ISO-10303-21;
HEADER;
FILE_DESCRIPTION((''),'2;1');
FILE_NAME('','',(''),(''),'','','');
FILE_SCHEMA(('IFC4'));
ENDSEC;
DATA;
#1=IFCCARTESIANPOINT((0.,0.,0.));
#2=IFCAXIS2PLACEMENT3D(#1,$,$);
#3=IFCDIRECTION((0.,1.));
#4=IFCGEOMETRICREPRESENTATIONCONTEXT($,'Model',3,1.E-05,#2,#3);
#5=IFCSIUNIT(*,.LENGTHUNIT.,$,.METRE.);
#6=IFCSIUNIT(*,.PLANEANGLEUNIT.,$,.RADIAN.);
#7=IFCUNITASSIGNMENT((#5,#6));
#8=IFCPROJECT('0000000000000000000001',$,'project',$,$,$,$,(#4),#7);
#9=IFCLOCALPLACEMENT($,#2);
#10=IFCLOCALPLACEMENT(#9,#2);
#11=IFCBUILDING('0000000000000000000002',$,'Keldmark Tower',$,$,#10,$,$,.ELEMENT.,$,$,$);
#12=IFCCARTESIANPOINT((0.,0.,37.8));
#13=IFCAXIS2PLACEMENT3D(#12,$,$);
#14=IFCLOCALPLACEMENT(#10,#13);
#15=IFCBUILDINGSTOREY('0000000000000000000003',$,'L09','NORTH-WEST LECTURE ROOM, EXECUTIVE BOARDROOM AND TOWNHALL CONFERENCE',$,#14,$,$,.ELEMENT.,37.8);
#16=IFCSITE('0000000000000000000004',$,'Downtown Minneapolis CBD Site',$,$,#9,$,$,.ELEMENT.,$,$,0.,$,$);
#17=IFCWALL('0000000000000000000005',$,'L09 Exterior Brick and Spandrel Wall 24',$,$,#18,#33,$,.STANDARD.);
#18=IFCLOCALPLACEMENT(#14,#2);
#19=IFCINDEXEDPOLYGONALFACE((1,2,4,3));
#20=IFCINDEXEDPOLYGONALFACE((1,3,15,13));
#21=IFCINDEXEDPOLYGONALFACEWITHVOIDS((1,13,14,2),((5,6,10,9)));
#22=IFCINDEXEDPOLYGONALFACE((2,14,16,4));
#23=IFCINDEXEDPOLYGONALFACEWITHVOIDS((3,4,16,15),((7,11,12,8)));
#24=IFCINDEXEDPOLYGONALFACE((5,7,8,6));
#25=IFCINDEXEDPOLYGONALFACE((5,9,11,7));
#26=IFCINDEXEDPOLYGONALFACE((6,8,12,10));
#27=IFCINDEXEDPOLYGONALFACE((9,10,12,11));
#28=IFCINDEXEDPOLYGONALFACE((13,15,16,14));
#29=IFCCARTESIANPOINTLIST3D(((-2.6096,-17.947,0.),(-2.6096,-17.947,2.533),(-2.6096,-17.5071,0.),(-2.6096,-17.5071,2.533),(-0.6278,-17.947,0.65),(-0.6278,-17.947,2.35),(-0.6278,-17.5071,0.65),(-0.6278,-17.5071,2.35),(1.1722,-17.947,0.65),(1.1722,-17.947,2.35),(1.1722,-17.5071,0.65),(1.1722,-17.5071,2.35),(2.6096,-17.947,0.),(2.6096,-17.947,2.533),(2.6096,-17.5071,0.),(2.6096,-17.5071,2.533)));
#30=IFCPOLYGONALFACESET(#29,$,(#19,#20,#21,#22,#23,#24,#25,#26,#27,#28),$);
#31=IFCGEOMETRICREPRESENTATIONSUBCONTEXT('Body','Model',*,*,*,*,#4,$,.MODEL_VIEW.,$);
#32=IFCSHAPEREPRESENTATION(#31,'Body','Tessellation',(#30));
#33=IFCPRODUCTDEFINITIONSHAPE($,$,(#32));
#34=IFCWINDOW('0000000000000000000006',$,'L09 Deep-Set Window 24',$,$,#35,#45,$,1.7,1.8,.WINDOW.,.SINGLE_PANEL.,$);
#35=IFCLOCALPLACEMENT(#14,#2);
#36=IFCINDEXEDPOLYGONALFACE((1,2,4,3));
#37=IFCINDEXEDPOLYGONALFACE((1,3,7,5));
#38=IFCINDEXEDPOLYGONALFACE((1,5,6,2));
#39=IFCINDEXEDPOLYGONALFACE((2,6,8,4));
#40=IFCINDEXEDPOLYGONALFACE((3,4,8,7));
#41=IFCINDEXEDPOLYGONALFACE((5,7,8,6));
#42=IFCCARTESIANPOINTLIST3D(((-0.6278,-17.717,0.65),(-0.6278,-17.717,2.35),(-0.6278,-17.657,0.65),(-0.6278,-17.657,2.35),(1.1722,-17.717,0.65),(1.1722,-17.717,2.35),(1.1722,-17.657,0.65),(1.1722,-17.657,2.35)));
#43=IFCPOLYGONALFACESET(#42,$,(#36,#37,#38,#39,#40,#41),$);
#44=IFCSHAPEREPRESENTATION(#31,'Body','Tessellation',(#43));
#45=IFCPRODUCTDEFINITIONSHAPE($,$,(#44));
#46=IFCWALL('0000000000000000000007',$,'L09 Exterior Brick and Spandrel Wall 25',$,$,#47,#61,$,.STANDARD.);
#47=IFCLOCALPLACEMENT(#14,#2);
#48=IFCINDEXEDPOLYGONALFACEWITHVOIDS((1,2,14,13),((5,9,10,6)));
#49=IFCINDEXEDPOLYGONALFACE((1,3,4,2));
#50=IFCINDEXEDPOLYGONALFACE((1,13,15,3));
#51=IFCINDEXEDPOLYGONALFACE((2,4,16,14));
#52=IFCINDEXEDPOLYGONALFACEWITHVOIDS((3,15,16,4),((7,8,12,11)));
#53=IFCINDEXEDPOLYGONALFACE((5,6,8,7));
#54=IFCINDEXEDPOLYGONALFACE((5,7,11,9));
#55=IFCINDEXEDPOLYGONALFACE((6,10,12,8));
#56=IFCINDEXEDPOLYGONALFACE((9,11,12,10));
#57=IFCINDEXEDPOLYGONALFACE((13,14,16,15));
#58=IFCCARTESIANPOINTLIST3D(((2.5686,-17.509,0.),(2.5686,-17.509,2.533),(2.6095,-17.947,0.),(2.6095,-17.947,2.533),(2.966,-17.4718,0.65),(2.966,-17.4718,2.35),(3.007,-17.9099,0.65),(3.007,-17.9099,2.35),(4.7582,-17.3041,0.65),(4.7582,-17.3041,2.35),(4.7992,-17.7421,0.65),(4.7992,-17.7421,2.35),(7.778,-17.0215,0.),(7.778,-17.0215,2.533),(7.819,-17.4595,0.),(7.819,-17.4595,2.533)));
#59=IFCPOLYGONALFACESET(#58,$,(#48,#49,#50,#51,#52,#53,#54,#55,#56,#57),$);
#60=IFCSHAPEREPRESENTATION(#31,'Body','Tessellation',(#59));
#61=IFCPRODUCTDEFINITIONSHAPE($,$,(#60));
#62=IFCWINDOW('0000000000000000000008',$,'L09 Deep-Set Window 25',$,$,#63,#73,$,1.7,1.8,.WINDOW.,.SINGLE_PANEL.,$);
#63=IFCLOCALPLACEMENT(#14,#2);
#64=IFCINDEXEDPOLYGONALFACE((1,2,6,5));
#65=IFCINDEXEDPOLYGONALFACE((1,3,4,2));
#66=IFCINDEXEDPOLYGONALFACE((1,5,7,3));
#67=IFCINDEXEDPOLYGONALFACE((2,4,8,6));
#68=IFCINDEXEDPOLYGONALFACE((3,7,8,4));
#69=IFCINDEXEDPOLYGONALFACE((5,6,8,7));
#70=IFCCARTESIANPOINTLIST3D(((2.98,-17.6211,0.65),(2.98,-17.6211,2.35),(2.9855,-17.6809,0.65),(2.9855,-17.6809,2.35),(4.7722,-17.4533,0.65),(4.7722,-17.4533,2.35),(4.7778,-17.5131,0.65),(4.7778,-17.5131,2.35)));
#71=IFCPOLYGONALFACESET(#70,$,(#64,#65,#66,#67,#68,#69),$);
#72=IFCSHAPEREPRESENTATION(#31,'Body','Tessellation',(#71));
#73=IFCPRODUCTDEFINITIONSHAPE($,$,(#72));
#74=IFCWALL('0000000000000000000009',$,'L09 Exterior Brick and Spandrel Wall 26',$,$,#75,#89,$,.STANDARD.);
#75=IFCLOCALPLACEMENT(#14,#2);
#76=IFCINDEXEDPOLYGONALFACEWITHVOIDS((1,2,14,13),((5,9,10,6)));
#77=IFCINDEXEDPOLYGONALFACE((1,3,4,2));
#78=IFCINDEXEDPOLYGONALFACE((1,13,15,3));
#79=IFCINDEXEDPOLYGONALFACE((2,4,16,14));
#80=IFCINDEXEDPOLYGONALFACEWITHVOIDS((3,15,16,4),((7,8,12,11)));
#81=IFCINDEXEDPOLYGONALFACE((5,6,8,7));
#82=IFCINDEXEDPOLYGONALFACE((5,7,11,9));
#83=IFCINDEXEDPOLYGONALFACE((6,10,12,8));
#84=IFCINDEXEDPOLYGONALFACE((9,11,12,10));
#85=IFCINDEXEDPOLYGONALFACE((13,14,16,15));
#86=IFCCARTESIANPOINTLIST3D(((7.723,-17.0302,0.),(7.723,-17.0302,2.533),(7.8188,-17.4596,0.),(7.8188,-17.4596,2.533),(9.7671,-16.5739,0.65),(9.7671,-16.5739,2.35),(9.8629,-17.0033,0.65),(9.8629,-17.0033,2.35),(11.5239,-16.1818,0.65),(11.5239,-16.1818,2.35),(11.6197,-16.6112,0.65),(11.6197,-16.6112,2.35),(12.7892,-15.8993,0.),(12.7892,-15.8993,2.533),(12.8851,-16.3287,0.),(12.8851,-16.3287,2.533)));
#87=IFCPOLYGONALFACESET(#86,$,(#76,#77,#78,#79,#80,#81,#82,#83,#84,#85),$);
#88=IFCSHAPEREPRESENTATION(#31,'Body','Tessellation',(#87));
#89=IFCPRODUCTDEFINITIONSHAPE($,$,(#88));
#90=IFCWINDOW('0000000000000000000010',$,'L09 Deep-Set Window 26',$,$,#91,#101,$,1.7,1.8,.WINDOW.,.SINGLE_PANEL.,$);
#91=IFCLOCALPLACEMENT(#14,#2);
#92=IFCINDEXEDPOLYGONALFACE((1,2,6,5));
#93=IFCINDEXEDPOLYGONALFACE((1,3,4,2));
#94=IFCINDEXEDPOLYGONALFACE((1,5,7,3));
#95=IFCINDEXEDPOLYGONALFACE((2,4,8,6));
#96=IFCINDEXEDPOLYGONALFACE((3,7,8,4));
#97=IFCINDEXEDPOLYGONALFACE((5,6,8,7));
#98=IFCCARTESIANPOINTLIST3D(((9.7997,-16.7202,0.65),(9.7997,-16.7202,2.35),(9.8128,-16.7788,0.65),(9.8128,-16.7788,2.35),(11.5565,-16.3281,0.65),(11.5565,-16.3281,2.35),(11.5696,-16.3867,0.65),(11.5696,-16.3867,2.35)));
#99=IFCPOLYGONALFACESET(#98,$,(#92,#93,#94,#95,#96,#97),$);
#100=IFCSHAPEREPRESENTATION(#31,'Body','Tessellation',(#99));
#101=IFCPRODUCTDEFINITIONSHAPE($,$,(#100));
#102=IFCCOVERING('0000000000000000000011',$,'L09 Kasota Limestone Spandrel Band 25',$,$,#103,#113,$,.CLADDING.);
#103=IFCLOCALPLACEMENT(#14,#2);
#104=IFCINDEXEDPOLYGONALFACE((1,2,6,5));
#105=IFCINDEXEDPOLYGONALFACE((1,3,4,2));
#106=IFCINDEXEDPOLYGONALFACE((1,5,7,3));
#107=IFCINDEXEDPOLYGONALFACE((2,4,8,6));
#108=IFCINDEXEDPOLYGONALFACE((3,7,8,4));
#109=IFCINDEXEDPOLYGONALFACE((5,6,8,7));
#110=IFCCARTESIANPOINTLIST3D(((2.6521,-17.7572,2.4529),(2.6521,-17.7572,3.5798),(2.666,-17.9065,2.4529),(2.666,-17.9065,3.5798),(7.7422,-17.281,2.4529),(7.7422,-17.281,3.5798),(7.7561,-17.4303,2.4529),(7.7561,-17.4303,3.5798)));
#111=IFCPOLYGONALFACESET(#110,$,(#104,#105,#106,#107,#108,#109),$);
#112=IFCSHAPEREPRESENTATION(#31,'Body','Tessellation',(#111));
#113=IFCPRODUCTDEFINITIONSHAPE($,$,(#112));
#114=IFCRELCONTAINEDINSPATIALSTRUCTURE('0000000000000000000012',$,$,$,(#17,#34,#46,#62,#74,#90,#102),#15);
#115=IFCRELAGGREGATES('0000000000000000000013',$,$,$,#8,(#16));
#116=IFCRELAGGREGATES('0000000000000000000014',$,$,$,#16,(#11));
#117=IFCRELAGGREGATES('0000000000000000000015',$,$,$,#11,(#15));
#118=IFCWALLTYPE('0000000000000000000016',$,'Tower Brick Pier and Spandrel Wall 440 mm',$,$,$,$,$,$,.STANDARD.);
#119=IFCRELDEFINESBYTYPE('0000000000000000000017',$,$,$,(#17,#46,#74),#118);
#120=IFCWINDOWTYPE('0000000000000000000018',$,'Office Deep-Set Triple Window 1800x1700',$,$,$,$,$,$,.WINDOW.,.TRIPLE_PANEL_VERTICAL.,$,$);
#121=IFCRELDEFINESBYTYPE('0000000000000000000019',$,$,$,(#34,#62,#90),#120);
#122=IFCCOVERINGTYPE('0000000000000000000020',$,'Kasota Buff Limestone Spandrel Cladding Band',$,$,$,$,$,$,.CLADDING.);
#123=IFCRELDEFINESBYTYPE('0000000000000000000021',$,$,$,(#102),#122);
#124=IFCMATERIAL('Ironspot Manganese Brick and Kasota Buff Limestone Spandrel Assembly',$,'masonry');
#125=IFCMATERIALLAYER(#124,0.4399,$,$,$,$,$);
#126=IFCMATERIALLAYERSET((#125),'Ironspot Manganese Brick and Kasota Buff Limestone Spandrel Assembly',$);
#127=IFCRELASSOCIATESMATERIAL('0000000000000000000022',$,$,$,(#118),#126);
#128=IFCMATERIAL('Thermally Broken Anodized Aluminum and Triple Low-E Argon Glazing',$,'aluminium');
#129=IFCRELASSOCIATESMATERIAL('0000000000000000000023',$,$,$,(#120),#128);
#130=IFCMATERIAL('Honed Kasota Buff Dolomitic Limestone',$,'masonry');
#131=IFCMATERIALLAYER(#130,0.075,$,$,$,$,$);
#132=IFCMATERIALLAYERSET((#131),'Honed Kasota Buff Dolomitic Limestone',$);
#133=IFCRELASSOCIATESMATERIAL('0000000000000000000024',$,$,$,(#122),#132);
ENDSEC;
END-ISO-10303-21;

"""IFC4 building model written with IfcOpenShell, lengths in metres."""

from ifc_helpers import new_model, si_unit, direction, frame, frame_2d, origin, origin_2d, place, context, subcontext, project, spatial, rectangle, extrude, material, layer, layer_set, type_object, element, fill, save


model = new_model("IFC4")

# Units and contexts
model_context = context("Model", 3, precision=1e-05, world=origin(), true_north=direction((0.0, 1.0)))
body_context = subcontext(model_context, "Body", "Model", "MODEL_VIEW")
ifc_project = project(units=[si_unit("LENGTHUNIT", "METRE"), si_unit("PLANEANGLEUNIT", "RADIAN")], contexts=[model_context])

# Site, building, storey
site_placement = place(None, origin())
site = spatial("IfcSite", under=ifc_project, at=site_placement, Name="Downtown Minneapolis CBD Site", CompositionType="ELEMENT", RefElevation=0.0)
building_placement = place(site_placement, origin())
building = spatial("IfcBuilding", under=site, at=building_placement, Name="Keldmark Tower", CompositionType="ELEMENT")
storey_placement = place(building_placement, frame((0.0, 0.0, 37.8)))
storey = spatial("IfcBuildingStorey", under=building, at=storey_placement, Name="L09", Description="NORTH-WEST LECTURE ROOM, EXECUTIVE BOARDROOM AND TOWNHALL CONFERENCE", CompositionType="ELEMENT", Elevation=37.8)

# Walls, openings, windows
ifc_material_1 = material(Name="Ironspot Manganese Brick and Kasota Buff Limestone Spandrel Assembly", Category="masonry")
ifc_layer_1 = layer(ifc_material_1, 0.4399)
ifc_layer_set_1 = layer_set([ifc_layer_1], Name="Ironspot Manganese Brick and Kasota Buff Limestone Spandrel Assembly")
wall_type_1 = type_object("IfcWallType", Name="Tower Brick Pier and Spandrel Wall 440 mm", PredefinedType="STANDARD", material=ifc_layer_set_1)
wall_1_placement = place(storey_placement, frame((2.6096, -17.7271, 0.0), z_axis=(0.0, 0.0, 1.0), x_axis=(-1.0, 0.0, 0.0)))
wall_1 = element("IfcWall", 1, at=wall_1_placement, inside=storey, type_object=wall_type_1, Name="L09 Exterior Brick and Spandrel Wall 24", PredefinedType="STANDARD", context=body_context, shape_type="SweptSolid", body=[
    extrude(rectangle(XDim=5.2192, YDim=0.4399, at=frame_2d((2.6096, 0.0))), origin(), (0.0, 0.0, 1.0), 2.533),
])
opening_1_placement = place(wall_1_placement, frame((1.4375, 0.0, 0.6499)))
opening_1 = element("IfcOpeningElement", 2, at=opening_1_placement, cuts=wall_1, PredefinedType="OPENING", context=body_context, shape_type="SweptSolid", body=[
    extrude(rectangle(XDim=1.8, YDim=1.7, at=frame_2d((0.8999, 0.8501))), frame((0.0, 0.23, 0.0), z_axis=(0.0, -1.0, 0.0), x_axis=(1.0, 0.0, 0.0)), (0.0, 0.0, 1.0), 0.46),
])
ifc_material_2 = material(Name="Thermally Broken Anodized Aluminum and Triple Low-E Argon Glazing", Category="aluminium")
window_type = type_object("IfcWindowType", Name="Office Deep-Set Triple Window 1800x1700", PartitioningType="TRIPLE_PANEL_VERTICAL", PredefinedType="WINDOW", material=ifc_material_2)
window_1_placement = place(opening_1_placement, origin())
window_1 = element("IfcWindow", 3, at=window_1_placement, inside=storey, type_object=window_type, Name="L09 Deep-Set Window 24", OverallHeight=1.7, OverallWidth=1.8, PartitioningType="SINGLE_PANEL", PredefinedType="WINDOW", context=body_context, shape_type="SweptSolid", body=[
    extrude(rectangle(XDim=1.8, YDim=1.7, at=frame_2d((0.8999, 0.8501))), frame((0.0, -0.01, 0.0), z_axis=(0.0, -1.0, 0.0), x_axis=(1.0, 0.0, 0.0)), (0.0, 0.0, 1.0), 0.0601),
])
fill(opening_1, window_1)
wall_2_placement = place(storey_placement, frame((7.7986, -17.2405, 0.0), z_axis=(0.0, 0.0, 1.0), x_axis=(-0.995649, -0.093182, 0.0)))
wall_2 = element("IfcWall", 4, at=wall_2_placement, inside=storey, type_object=wall_type_1, Name="L09 Exterior Brick and Spandrel Wall 25", PredefinedType="STANDARD", context=body_context, shape_type="SweptSolid", body=[
    extrude(rectangle(XDim=5.2322, YDim=0.4399, at=frame_2d((2.6162, 0.0))), origin(), (0.0, 0.0, 1.0), 2.533),
])
opening_2_placement = place(wall_2_placement, frame((3.0332, 0.0, 0.6499)))
opening_2 = element("IfcOpeningElement", 5, at=opening_2_placement, cuts=wall_2, PredefinedType="OPENING", context=body_context, shape_type="SweptSolid", body=[
    extrude(rectangle(XDim=1.8, YDim=1.7, at=frame_2d((0.8999, 0.8501))), frame((0.0, 0.23, 0.0), z_axis=(0.0, -1.0, 0.0), x_axis=(1.0, 0.0, 0.0)), (0.0, 0.0, 1.0), 0.46),
])
window_2_placement = place(opening_2_placement, origin())
window_2 = element("IfcWindow", 6, at=window_2_placement, inside=storey, type_object=window_type, Name="L09 Deep-Set Window 25", OverallHeight=1.7, OverallWidth=1.8, PartitioningType="SINGLE_PANEL", PredefinedType="WINDOW", context=body_context, shape_type="SweptSolid", body=[
    extrude(rectangle(XDim=1.8, YDim=1.7, at=frame_2d((0.8999, 0.8501))), frame((0.0, -0.01, 0.0), z_axis=(0.0, -1.0, 0.0), x_axis=(1.0, 0.0, 0.0)), (0.0, 0.0, 1.0), 0.0601),
])
fill(opening_2, window_2)
wall_3_placement = place(storey_placement, frame((12.8372, -16.114, 0.0), z_axis=(0.0, 0.0, 1.0), x_axis=(-0.975981, -0.217857, 0.0)))
wall_3 = element("IfcWall", 7, at=wall_3_placement, inside=storey, type_object=wall_type_1, Name="L09 Exterior Brick and Spandrel Wall 26", PredefinedType="STANDARD", context=body_context, shape_type="SweptSolid", body=[
    extrude(rectangle(XDim=5.1909, YDim=0.4399, at=frame_2d((2.5955, 0.0))), origin(), (0.0, 0.0, 1.0), 2.533),
])
opening_3_placement = place(wall_3_placement, frame((1.2966, 0.0, 0.6499)))
opening_3 = element("IfcOpeningElement", 8, at=opening_3_placement, cuts=wall_3, PredefinedType="OPENING", context=body_context, shape_type="SweptSolid", body=[
    extrude(rectangle(XDim=1.8, YDim=1.7, at=frame_2d((0.8999, 0.8501))), frame((0.0, 0.23, 0.0), z_axis=(0.0, -1.0, 0.0), x_axis=(1.0, 0.0, 0.0)), (0.0, 0.0, 1.0), 0.46),
])
window_3_placement = place(opening_3_placement, origin())
window_3 = element("IfcWindow", 9, at=window_3_placement, inside=storey, type_object=window_type, Name="L09 Deep-Set Window 26", OverallHeight=1.7, OverallWidth=1.8, PartitioningType="SINGLE_PANEL", PredefinedType="WINDOW", context=body_context, shape_type="SweptSolid", body=[
    extrude(rectangle(XDim=1.8, YDim=1.7, at=frame_2d((0.8999, 0.8501))), frame((0.0, -0.01, 0.0), z_axis=(0.0, -1.0, 0.0), x_axis=(1.0, 0.0, 0.0)), (0.0, 0.0, 1.0), 0.0601),
])
fill(opening_3, window_3)

# Covering
ifc_material_3 = material(Name="Honed Kasota Buff Dolomitic Limestone", Category="masonry")
ifc_layer_2 = layer(ifc_material_3, 0.075)
ifc_layer_set_2 = layer_set([ifc_layer_2], Name="Honed Kasota Buff Dolomitic Limestone")
covering_type = type_object("IfcCoveringType", Name="Kasota Buff Limestone Spandrel Cladding Band", PredefinedType="CLADDING", material=ifc_layer_set_2)
covering_placement = place(storey_placement, frame((5.2041, -17.5938, 2.4529), z_axis=(0.0, 0.0, 1.0), x_axis=(0.995652, 0.093153, 0.0)))
element("IfcCovering", 10, at=covering_placement, inside=storey, type_object=covering_type, Name="L09 Kasota Limestone Spandrel Band 25", PredefinedType="CLADDING", context=body_context, shape_type="SweptSolid", body=[
    extrude(rectangle(XDim=5.1123, YDim=0.1499, at=origin_2d()), origin(), (0.0, 0.0, 1.0), 1.127),
])

save(model, "model.ifc")
